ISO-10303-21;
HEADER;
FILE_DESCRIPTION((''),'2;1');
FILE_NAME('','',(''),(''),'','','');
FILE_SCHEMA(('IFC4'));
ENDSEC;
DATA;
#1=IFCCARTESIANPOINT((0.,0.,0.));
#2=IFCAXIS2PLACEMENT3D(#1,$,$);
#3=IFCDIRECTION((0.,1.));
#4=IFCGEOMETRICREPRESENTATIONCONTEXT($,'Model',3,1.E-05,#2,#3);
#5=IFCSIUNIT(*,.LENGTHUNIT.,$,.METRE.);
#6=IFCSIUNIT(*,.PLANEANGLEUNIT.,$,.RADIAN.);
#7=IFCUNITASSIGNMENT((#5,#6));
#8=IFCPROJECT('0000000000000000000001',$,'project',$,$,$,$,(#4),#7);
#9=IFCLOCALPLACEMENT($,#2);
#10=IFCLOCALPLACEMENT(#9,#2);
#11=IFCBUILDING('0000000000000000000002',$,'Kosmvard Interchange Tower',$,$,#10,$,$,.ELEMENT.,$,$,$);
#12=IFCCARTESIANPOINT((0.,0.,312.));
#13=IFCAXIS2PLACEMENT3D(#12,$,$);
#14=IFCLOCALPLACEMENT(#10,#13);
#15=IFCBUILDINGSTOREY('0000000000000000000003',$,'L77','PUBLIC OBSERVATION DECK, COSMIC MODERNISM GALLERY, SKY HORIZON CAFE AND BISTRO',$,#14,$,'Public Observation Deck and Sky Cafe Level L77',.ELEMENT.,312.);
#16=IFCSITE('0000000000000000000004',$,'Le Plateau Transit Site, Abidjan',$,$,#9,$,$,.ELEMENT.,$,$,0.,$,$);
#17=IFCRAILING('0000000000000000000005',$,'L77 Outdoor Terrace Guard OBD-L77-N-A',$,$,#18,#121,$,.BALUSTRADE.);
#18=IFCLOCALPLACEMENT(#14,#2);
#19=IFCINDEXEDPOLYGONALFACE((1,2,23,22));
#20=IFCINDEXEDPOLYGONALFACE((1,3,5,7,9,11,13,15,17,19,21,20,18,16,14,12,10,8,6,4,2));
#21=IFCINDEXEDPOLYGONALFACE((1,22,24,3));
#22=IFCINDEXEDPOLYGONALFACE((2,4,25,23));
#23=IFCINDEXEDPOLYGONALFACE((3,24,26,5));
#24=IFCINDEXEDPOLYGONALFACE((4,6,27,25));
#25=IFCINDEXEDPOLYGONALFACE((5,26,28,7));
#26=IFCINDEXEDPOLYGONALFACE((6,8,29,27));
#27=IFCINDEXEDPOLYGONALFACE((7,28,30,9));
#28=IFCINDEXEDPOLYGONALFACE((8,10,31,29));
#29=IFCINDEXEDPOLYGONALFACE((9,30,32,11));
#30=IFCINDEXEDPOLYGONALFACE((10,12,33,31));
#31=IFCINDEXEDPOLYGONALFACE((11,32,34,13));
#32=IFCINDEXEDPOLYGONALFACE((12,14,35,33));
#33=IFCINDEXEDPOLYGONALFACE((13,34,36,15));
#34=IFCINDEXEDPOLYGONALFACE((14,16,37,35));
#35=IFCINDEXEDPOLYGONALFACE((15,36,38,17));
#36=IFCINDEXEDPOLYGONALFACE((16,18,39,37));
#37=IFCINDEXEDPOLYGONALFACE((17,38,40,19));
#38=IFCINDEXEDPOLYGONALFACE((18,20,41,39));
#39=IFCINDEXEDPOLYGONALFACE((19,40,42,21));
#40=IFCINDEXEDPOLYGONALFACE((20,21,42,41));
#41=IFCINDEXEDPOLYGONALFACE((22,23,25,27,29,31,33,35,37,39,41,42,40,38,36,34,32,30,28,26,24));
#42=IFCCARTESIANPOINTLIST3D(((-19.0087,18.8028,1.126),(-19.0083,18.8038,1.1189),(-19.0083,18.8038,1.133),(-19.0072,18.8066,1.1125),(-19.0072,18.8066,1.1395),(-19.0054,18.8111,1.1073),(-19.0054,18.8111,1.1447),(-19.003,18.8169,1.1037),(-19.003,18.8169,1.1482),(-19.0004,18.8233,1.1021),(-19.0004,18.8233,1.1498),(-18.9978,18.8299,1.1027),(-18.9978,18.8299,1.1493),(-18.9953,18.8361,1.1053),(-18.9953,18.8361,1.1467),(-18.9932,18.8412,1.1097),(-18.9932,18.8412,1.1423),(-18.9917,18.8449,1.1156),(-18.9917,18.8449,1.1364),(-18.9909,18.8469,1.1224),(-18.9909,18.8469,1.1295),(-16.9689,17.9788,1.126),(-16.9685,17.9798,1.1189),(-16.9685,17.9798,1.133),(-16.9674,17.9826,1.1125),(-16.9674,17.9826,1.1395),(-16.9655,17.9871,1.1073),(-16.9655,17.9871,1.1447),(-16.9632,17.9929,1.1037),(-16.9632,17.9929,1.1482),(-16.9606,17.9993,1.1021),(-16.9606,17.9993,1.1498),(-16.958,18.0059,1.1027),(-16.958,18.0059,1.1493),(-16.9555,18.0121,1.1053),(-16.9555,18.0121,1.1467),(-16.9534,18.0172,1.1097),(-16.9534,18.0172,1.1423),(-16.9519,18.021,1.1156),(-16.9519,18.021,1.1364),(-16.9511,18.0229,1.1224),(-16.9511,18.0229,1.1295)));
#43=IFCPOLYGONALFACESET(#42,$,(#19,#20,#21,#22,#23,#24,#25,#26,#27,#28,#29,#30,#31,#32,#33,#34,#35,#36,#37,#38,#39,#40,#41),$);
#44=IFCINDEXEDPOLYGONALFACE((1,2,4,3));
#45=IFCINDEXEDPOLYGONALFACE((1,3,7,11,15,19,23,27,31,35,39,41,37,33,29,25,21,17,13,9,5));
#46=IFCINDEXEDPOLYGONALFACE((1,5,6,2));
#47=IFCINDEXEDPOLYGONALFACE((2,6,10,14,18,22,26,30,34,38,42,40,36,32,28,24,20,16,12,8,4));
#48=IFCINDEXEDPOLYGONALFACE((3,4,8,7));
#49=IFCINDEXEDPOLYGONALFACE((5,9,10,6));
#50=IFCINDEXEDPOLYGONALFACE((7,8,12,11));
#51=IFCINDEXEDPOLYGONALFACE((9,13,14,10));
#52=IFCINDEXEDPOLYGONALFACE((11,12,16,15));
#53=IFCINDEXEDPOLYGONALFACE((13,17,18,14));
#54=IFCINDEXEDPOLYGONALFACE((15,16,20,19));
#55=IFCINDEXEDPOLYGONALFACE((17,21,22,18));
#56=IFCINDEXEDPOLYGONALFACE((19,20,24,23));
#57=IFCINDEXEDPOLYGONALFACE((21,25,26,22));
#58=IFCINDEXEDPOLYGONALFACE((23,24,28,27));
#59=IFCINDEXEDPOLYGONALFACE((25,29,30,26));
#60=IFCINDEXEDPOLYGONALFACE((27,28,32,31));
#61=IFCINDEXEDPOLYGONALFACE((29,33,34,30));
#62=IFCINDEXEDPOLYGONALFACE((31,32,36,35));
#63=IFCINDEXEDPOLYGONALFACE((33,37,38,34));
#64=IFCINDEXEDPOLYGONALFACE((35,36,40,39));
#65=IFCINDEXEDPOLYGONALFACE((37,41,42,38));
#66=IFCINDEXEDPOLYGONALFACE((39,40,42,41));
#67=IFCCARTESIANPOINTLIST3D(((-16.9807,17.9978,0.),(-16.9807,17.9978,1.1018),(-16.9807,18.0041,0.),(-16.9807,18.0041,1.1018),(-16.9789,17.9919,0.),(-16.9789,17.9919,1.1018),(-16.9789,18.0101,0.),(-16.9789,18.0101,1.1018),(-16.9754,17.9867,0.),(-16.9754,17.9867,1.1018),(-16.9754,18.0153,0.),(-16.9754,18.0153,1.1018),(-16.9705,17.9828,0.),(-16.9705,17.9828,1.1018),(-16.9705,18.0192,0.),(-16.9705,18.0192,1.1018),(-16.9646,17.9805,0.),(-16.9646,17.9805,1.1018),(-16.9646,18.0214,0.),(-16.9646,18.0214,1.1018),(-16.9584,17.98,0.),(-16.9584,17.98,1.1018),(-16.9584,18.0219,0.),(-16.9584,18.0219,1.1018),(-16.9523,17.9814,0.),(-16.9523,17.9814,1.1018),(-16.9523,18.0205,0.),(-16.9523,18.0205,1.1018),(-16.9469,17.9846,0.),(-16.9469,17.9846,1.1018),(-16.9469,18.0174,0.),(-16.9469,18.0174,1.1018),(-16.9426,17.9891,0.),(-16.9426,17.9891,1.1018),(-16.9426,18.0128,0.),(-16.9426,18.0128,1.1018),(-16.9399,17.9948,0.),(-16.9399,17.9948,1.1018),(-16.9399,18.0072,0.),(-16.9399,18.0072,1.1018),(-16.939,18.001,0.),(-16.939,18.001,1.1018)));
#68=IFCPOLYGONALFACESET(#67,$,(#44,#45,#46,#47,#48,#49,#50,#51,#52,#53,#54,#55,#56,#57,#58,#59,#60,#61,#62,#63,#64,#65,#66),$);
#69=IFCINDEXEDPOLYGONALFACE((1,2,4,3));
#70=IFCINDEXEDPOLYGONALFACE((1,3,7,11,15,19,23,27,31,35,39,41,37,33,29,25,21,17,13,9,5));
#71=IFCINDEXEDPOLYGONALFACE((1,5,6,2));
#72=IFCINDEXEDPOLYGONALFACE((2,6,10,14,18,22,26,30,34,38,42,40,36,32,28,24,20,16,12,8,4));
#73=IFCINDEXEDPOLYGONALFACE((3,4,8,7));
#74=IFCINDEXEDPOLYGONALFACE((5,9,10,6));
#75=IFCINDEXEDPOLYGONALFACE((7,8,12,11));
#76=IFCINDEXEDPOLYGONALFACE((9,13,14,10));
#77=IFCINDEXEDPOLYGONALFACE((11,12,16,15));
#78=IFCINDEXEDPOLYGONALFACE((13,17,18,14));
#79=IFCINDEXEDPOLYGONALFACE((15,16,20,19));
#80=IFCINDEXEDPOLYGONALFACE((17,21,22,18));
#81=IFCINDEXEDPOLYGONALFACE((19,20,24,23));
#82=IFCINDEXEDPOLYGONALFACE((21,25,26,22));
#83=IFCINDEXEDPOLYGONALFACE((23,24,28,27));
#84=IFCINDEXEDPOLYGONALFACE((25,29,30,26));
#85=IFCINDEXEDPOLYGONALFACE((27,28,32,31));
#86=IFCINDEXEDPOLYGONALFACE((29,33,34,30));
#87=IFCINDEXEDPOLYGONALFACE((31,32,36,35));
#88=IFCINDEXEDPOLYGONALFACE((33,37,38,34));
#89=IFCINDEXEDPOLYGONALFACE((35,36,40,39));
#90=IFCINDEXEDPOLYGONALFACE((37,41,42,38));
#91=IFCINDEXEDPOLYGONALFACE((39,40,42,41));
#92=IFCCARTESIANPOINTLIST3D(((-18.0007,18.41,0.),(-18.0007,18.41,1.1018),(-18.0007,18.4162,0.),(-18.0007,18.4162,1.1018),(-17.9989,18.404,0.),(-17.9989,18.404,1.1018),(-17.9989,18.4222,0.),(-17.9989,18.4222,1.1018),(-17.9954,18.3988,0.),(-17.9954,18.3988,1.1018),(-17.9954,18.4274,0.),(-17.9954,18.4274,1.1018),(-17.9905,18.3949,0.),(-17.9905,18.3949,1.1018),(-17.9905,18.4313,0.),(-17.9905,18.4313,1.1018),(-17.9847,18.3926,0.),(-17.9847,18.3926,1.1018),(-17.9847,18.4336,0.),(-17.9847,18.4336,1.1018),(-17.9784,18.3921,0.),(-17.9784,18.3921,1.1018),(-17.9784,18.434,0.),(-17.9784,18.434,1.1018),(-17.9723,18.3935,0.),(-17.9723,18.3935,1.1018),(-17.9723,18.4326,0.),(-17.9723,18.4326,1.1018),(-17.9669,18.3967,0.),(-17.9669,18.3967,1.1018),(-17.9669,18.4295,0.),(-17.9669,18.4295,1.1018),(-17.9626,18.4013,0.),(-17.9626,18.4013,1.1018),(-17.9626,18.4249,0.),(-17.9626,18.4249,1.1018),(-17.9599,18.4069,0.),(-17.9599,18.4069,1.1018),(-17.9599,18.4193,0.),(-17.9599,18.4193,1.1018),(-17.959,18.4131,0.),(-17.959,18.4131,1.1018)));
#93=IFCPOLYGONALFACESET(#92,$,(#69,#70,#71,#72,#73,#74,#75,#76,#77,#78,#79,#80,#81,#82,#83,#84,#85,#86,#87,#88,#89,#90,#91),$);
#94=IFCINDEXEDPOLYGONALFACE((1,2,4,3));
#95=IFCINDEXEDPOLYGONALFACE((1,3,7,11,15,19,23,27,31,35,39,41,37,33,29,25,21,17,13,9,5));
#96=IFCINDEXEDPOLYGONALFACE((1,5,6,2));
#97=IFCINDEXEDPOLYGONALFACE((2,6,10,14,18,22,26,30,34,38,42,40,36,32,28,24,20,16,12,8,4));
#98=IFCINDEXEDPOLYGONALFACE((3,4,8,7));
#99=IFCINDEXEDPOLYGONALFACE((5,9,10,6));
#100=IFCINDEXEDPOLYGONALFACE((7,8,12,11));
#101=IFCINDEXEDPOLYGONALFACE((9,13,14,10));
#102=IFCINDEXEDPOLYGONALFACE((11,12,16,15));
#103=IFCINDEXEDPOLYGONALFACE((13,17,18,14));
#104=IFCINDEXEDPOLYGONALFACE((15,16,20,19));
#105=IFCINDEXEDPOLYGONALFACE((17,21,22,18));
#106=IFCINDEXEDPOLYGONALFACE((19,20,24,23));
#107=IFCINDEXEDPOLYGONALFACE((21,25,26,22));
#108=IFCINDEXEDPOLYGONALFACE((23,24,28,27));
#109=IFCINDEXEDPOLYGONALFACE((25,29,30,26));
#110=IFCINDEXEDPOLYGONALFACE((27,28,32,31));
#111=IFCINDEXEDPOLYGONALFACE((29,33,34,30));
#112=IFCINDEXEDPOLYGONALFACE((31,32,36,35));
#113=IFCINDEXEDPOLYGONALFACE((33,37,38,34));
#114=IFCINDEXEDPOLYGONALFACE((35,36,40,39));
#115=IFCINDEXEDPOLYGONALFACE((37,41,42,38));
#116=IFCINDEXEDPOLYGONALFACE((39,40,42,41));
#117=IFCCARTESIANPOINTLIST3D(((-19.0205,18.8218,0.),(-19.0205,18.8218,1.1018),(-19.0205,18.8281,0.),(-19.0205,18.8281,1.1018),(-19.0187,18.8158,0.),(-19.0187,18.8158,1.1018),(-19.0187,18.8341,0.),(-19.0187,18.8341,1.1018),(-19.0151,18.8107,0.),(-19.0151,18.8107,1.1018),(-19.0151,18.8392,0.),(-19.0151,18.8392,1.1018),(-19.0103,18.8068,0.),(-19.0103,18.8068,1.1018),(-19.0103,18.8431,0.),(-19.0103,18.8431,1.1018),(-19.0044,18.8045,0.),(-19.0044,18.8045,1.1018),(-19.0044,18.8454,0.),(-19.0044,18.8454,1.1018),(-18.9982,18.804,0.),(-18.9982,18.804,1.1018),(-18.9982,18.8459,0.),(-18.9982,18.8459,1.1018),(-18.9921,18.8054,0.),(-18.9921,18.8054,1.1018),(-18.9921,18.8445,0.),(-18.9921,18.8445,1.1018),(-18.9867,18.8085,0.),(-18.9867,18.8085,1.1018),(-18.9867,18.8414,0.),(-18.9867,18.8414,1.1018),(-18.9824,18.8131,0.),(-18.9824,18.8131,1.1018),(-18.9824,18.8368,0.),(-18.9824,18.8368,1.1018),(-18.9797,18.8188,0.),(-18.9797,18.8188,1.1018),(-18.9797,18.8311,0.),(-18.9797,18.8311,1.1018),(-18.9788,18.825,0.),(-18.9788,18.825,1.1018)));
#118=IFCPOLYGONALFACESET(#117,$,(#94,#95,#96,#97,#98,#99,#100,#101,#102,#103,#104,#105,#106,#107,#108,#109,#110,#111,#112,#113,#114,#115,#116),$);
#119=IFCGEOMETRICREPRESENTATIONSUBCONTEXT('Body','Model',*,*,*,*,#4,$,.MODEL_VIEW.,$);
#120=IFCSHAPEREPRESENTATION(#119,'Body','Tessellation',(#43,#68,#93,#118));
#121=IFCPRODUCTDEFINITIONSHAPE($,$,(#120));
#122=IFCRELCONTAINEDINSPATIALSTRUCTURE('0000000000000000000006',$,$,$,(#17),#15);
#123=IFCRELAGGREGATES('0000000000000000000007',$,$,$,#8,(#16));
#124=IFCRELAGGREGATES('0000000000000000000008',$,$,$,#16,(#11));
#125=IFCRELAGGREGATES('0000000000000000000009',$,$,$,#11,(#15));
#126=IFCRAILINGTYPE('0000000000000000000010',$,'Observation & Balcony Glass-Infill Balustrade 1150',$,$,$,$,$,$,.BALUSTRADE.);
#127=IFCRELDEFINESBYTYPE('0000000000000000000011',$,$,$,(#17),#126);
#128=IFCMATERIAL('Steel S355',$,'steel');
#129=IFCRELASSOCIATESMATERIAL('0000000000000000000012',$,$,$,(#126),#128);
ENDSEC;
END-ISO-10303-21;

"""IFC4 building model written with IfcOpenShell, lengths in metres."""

from ifc_helpers import new_model, si_unit, direction, frame, origin, origin_2d, place, context, subcontext, project, spatial, circle, extrude, source, transform, mapped, material, type_object, element, save


model = new_model("IFC4")

# Units and contexts
model_context = context("Model", 3, precision=1e-05, world=origin(), true_north=direction((0.0, 1.0)))
body_context = subcontext(model_context, "Body", "Model", "MODEL_VIEW")
ifc_project = project(units=[si_unit("LENGTHUNIT", "METRE"), si_unit("PLANEANGLEUNIT", "RADIAN")], contexts=[model_context])

# Site, building, storey
site_placement = place(None, origin())
site = spatial("IfcSite", under=ifc_project, at=site_placement, Name="Le Plateau Transit Site, Abidjan", CompositionType="ELEMENT", RefElevation=0.0)
building_placement = place(site_placement, origin())
building = spatial("IfcBuilding", under=site, at=building_placement, Name="Kosmvard Interchange Tower", CompositionType="ELEMENT")
storey_placement = place(building_placement, frame((0.0, 0.0, 312.0)))
storey = spatial("IfcBuildingStorey", under=building, at=storey_placement, Name="L77", Description="PUBLIC OBSERVATION DECK, COSMIC MODERNISM GALLERY, SKY HORIZON CAFE AND BISTRO", LongName="Public Observation Deck and Sky Cafe Level L77", CompositionType="ELEMENT", Elevation=312.0)

# Shared definitions
ifc_material_1 = material(Name="Steel S355", Category="steel")

# Railing
railing_type = type_object("IfcRailingType", Name="Observation & Balcony Glass-Infill Balustrade 1150", PredefinedType="BALUSTRADE", material=ifc_material_1)
shared_shape_1 = source(origin(), body_context, "Body", "SweptSolid", [
    extrude(circle(Radius=0.0239, at=origin_2d()), frame((0.0, 0.0, 1.126), z_axis=(-0.927208, 0.374546, 0.0), x_axis=(-0.374546, -0.927208, 0.0)), (0.0, 0.0, 1.0), 2.2),
    extrude(circle(Radius=0.021, at=origin_2d()), origin(), (0.0, 0.0, 1.0), 1.1018),
    extrude(circle(Radius=0.021, at=origin_2d()), frame((-1.02, 0.4121, 0.0)), (0.0, 0.0, 1.0), 1.1018),
    extrude(circle(Radius=0.021, at=origin_2d()), frame((-2.0398, 0.824, 0.0)), (0.0, 0.0, 1.0), 1.1018),
])
railing_1_placement = place(storey_placement, frame((-16.96, 18.001, 0.0)))
element("IfcRailing", 1, at=railing_1_placement, inside=storey, type_object=railing_type, Name="L77 Outdoor Terrace Guard OBD-L77-N-A", PredefinedType="BALUSTRADE", context=body_context, shape_type="MappedRepresentation", body=[
    mapped(shared_shape_1, transform((0.0, 0.0, 0.0), scale=1.0)),
])

save(model, "model.ifc")
